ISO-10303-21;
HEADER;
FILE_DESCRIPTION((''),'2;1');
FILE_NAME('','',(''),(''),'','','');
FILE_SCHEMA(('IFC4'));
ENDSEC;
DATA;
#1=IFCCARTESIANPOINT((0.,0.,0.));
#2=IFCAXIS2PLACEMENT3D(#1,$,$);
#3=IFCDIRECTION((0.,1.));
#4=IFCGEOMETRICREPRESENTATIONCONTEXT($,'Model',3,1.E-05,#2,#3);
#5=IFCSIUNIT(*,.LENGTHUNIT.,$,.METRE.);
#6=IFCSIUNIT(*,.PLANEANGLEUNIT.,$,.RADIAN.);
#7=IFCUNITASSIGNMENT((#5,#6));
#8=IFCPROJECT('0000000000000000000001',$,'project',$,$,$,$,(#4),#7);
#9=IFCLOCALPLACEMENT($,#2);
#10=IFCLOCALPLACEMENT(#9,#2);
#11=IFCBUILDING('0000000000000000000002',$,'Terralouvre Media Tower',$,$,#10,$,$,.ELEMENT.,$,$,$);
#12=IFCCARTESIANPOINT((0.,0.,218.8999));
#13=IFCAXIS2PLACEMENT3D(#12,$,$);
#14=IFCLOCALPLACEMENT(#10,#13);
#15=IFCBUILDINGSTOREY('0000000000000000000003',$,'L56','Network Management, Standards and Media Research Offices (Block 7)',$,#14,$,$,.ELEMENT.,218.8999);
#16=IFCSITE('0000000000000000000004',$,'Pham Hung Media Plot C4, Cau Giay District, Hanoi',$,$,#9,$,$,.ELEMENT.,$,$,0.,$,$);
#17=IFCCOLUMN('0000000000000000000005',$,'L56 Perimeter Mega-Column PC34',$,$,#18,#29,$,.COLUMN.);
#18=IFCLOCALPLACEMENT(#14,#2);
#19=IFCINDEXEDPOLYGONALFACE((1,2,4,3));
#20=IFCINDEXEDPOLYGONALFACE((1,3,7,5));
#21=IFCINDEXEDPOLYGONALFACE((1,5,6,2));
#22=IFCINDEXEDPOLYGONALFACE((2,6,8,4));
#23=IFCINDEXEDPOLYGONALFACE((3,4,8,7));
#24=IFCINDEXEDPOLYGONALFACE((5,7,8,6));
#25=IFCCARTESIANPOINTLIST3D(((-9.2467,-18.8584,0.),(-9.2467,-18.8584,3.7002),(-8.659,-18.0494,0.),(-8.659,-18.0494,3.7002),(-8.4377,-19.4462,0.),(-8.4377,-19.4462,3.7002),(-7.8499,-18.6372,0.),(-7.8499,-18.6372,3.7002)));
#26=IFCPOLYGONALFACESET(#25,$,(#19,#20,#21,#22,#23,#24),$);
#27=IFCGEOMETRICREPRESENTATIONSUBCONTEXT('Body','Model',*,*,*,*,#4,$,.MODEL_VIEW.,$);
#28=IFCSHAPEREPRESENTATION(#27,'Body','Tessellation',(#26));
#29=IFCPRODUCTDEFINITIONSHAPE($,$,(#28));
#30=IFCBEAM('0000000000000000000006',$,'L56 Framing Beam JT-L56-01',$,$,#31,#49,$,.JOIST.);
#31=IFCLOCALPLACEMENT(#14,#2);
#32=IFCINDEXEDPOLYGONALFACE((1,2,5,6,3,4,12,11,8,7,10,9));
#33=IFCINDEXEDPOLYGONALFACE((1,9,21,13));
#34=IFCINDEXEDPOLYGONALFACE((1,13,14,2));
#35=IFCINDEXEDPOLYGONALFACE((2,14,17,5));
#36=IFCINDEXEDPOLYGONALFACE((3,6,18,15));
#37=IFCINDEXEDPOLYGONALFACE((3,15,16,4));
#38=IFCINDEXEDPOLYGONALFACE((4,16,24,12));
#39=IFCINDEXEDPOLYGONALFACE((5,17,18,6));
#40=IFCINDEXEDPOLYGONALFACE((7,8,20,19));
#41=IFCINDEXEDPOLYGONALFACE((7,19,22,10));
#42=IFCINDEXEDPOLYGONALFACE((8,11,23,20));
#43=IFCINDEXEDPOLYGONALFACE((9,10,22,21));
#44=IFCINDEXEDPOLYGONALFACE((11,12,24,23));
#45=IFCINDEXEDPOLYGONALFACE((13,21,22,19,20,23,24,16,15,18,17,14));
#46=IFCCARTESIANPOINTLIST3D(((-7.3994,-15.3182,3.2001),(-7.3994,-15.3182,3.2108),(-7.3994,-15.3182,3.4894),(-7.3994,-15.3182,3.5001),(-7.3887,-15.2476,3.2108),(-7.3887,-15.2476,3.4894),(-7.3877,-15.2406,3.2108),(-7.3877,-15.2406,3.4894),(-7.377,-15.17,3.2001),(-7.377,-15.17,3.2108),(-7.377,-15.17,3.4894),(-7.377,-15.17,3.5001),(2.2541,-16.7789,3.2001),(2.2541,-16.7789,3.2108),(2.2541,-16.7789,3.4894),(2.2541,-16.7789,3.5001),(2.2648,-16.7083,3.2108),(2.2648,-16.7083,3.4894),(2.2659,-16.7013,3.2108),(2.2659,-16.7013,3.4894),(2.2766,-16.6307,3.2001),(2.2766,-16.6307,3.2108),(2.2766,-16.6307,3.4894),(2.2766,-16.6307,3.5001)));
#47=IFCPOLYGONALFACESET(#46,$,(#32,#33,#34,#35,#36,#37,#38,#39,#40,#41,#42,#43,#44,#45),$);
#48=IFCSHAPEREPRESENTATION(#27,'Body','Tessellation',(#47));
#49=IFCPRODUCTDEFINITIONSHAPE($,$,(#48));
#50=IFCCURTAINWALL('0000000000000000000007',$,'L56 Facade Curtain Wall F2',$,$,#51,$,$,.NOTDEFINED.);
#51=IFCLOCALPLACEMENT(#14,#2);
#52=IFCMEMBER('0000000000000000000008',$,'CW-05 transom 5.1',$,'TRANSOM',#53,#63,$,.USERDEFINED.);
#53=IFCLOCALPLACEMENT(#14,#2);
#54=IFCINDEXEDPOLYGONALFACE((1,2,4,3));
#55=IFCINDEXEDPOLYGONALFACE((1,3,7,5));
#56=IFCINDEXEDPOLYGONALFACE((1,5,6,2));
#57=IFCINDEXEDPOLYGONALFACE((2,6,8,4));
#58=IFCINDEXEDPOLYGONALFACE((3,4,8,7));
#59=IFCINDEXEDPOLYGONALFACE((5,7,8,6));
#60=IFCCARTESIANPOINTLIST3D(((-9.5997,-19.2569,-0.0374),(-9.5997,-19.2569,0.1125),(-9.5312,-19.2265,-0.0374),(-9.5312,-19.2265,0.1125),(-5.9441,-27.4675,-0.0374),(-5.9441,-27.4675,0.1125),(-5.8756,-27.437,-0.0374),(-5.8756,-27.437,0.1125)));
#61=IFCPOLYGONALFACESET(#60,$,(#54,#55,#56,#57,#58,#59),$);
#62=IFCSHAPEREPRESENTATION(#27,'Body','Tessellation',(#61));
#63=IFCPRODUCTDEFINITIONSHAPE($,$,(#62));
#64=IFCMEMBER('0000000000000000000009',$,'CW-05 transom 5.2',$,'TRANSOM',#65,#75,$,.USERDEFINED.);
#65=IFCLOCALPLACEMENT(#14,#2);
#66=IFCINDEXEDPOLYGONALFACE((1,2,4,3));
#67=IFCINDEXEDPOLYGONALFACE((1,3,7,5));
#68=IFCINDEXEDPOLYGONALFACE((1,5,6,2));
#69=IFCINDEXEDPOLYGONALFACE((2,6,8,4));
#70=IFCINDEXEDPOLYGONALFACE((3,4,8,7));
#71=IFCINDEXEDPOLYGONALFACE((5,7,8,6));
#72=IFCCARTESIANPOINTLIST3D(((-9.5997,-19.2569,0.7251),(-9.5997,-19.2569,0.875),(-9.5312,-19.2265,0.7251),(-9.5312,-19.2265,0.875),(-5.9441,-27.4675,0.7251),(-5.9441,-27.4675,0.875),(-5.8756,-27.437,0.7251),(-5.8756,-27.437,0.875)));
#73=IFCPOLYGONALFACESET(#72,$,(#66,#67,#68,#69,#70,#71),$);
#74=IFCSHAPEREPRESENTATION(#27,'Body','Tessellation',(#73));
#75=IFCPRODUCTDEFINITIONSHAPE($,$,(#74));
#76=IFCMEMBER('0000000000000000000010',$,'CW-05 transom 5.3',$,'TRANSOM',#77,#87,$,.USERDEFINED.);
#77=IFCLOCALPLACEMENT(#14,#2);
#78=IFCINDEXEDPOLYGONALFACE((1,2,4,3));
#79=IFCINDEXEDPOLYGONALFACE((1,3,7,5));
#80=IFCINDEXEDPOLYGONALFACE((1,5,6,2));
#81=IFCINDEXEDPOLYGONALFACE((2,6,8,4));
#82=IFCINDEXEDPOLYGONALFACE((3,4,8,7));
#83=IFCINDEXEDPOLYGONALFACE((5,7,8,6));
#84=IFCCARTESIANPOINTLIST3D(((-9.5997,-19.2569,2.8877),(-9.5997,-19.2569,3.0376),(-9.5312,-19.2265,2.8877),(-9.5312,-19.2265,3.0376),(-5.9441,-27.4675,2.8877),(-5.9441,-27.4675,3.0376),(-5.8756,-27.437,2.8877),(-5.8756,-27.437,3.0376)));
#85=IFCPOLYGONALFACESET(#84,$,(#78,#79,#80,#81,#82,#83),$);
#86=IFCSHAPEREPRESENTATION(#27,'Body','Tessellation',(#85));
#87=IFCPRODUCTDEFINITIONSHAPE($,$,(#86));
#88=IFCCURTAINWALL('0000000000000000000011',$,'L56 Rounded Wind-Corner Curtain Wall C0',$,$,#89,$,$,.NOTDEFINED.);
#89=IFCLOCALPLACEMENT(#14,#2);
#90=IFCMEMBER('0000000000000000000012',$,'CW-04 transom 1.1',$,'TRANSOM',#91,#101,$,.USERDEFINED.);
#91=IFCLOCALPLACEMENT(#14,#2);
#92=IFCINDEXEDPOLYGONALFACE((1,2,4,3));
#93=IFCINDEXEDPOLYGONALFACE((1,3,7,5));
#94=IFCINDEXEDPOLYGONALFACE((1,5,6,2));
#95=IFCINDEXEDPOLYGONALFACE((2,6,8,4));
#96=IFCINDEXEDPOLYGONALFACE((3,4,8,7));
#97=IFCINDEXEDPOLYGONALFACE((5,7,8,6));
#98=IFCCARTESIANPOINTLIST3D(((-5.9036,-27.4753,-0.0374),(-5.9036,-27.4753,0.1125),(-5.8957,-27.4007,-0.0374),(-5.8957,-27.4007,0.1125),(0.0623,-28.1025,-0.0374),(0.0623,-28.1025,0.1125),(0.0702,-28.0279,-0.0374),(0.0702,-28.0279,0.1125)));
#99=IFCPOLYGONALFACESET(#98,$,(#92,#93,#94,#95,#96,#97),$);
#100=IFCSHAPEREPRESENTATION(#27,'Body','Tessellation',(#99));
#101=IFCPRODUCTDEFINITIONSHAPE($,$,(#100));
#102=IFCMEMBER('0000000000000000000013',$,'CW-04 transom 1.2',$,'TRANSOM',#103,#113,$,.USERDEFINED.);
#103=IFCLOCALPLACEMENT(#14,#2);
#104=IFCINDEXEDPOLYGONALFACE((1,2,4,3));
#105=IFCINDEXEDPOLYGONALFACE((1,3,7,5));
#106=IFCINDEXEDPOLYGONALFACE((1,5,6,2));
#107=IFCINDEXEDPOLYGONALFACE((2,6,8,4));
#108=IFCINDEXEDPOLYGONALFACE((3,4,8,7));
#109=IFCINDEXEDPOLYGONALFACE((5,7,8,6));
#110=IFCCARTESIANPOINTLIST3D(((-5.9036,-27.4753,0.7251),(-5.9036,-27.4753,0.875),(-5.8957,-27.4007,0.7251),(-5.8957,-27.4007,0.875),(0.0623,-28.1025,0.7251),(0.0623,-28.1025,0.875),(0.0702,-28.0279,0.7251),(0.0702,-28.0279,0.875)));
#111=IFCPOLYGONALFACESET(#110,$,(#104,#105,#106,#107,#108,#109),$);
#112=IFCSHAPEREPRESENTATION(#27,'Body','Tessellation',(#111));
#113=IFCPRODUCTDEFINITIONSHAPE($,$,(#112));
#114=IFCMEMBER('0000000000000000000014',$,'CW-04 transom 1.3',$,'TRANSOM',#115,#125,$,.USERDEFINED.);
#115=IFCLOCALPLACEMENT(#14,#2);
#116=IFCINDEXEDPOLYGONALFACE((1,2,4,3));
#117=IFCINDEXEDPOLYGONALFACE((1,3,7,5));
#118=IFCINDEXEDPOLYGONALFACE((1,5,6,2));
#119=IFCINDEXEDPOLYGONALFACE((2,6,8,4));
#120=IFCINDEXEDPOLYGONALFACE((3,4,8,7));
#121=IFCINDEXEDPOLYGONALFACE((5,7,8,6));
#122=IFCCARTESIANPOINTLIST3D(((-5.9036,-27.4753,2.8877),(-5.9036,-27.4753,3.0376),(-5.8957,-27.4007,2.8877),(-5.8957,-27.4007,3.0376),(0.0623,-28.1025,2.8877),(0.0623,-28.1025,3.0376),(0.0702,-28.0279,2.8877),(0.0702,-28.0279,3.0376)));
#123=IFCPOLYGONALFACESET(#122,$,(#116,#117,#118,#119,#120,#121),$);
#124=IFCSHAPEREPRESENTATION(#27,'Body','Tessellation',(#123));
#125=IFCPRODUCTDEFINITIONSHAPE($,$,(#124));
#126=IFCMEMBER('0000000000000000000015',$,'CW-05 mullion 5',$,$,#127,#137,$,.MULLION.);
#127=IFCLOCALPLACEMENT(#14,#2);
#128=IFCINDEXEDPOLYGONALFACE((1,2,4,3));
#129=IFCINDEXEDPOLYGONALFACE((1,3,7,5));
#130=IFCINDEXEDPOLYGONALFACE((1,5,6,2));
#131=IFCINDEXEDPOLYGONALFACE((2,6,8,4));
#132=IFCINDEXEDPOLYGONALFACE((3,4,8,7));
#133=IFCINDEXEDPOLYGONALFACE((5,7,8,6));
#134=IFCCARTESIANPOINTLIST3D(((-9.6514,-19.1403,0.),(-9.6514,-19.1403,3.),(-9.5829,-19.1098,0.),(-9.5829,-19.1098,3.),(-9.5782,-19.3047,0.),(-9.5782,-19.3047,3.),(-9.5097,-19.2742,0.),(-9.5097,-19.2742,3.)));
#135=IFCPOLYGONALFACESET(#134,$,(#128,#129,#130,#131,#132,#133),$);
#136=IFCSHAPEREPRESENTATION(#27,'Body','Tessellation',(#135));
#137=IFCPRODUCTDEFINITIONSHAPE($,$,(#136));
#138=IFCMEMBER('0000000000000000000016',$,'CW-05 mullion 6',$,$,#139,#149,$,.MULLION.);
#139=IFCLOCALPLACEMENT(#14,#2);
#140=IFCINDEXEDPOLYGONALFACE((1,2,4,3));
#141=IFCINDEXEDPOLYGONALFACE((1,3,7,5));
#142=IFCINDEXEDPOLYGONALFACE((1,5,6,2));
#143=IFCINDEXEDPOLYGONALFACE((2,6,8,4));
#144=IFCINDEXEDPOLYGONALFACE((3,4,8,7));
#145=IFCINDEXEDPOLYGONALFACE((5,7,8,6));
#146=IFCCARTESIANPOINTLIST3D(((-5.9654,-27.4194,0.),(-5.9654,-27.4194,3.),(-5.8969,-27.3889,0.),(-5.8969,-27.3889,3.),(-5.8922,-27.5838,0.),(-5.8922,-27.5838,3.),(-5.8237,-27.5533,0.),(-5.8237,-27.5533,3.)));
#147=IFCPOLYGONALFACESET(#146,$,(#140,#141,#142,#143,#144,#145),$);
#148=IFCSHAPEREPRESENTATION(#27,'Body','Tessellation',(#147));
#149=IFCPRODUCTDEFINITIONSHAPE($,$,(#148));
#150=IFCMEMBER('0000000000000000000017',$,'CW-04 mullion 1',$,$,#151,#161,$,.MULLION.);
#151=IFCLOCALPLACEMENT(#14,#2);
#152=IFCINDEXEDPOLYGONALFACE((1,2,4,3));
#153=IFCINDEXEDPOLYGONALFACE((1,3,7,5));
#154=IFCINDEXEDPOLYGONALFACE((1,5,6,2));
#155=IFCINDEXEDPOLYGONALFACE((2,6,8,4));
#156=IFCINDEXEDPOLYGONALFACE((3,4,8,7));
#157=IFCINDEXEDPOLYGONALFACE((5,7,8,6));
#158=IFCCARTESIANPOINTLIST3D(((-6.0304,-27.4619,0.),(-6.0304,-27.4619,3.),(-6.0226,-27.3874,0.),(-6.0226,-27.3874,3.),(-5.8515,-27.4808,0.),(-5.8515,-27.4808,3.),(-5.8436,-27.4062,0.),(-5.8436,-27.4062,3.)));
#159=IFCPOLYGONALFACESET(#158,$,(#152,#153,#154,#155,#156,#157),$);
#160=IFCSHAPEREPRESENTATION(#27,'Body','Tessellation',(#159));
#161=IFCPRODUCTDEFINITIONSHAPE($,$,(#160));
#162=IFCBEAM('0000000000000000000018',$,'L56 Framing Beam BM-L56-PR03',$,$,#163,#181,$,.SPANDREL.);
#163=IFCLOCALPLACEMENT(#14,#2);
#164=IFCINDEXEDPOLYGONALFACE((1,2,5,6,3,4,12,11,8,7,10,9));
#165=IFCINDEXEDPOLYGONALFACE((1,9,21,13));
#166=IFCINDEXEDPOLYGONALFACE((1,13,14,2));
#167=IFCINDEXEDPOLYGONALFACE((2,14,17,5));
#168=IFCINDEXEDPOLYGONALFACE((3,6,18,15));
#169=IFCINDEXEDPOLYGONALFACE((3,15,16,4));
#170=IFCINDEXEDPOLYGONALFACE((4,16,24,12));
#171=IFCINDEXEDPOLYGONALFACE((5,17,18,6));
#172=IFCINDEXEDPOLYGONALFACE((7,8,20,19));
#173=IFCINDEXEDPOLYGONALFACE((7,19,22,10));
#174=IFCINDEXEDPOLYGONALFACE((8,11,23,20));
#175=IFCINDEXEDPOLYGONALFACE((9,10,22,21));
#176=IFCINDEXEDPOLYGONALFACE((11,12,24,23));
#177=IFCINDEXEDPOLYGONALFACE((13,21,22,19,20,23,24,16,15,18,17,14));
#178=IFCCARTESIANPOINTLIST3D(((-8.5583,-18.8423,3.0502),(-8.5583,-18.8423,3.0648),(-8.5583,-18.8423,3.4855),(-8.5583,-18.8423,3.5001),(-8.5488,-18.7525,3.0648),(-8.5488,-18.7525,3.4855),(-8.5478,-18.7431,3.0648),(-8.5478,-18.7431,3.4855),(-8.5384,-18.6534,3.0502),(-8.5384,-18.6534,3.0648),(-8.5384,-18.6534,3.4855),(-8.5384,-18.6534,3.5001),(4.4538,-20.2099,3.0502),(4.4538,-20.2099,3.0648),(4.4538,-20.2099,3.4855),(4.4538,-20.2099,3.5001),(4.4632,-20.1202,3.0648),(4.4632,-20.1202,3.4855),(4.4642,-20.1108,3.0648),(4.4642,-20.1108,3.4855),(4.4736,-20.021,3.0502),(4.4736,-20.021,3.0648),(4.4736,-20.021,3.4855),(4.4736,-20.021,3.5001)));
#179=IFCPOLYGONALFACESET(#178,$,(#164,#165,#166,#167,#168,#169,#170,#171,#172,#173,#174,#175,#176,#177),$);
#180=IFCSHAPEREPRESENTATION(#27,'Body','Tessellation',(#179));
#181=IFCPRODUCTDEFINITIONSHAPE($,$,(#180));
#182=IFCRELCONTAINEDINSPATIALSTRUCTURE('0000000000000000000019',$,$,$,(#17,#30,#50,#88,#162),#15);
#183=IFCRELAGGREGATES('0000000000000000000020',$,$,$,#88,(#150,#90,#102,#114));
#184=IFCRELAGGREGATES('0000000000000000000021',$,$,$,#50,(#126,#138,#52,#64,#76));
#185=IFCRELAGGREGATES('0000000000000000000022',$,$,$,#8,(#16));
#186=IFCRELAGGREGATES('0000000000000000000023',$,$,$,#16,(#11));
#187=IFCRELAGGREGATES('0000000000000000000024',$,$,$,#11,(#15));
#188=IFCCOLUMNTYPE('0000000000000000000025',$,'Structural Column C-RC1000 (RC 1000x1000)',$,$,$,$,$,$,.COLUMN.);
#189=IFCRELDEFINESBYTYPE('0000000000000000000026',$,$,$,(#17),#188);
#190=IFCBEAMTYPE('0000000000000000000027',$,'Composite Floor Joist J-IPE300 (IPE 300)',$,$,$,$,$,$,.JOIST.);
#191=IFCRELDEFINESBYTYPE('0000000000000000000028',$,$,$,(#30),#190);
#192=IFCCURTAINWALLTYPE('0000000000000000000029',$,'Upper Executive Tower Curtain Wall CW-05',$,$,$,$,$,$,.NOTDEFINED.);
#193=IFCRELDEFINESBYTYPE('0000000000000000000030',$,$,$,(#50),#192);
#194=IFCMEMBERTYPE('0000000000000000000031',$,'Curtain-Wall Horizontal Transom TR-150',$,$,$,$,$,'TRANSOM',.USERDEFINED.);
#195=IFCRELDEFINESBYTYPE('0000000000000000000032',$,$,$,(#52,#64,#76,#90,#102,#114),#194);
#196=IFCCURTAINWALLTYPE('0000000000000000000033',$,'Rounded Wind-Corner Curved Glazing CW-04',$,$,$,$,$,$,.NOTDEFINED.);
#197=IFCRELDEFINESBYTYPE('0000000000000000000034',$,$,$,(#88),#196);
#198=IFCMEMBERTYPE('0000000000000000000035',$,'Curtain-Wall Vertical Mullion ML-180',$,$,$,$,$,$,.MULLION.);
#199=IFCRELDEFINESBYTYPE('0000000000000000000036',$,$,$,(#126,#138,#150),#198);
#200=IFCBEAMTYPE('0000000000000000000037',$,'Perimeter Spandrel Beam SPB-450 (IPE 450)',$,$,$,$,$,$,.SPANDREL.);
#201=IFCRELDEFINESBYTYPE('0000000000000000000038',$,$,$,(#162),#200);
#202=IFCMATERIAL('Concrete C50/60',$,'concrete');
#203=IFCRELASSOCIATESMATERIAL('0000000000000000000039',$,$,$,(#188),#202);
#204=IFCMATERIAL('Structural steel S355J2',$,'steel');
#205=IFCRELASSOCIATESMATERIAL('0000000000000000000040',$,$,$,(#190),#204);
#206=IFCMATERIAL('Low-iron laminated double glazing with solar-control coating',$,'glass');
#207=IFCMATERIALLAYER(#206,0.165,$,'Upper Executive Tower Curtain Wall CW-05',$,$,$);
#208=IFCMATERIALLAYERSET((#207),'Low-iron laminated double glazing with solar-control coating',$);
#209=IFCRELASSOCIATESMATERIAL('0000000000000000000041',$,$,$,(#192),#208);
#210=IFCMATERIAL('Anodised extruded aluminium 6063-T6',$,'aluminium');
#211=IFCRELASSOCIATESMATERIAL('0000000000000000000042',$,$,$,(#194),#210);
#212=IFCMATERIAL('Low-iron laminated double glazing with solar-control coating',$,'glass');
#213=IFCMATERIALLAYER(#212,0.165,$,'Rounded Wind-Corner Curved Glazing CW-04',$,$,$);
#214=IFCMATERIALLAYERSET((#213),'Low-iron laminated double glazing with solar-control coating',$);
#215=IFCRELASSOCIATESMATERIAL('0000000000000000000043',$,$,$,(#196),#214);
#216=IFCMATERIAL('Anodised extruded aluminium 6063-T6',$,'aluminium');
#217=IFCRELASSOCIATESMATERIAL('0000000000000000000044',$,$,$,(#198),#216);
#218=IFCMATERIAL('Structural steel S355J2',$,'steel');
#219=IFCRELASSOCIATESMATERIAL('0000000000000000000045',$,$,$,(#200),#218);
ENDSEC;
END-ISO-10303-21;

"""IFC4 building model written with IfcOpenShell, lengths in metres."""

from ifc_helpers import new_model, si_unit, direction, frame, origin, origin_2d, place, context, subcontext, project, spatial, rectangle, i_section, extrude, material, layer, layer_set, material_profile, profile_set, type_object, element, aggregate, save


model = new_model("IFC4")

# Units and contexts
model_context = context("Model", 3, precision=1e-05, world=origin(), true_north=direction((0.0, 1.0)))
body_context = subcontext(model_context, "Body", "Model", "MODEL_VIEW")
ifc_project = project(units=[si_unit("LENGTHUNIT", "METRE"), si_unit("PLANEANGLEUNIT", "RADIAN")], contexts=[model_context])

# Site, building, storey
site_placement = place(None, origin())
site = spatial("IfcSite", under=ifc_project, at=site_placement, Name="Pham Hung Media Plot C4, Cau Giay District, Hanoi", CompositionType="ELEMENT", RefElevation=0.0)
building_placement = place(site_placement, origin())
building = spatial("IfcBuilding", under=site, at=building_placement, Name="Terralouvre Media Tower", CompositionType="ELEMENT")
storey_placement = place(building_placement, frame((0.0, 0.0, 218.8999)))
storey = spatial("IfcBuildingStorey", under=building, at=storey_placement, Name="L56", Description="Network Management, Standards and Media Research Offices (Block 7)", CompositionType="ELEMENT", Elevation=218.8999)

# Column
ifc_material_1 = material(Name="Concrete C50/60", Category="concrete")
ifc_material_profile_1 = material_profile(ifc_material_1, rectangle(XDim=1.0, YDim=1.0, at=origin_2d()), Name="RC 1000x1000")
ifc_profile_set_1 = profile_set([ifc_material_profile_1], Name="Concrete C50/60")
column_type = type_object("IfcColumnType", Name="Structural Column C-RC1000 (RC 1000x1000)", PredefinedType="COLUMN", material=ifc_profile_set_1)
column_placement = place(storey_placement, frame((-8.5483, -18.7478, 0.0), z_axis=(0.0, 0.0, 1.0), x_axis=(0.587785, 0.809017, 0.0)))
element("IfcColumn", 1, at=column_placement, inside=storey, type_object=column_type, Name="L56 Perimeter Mega-Column PC34", PredefinedType="COLUMN", context=body_context, shape_type="SweptSolid", body=[
    extrude(rectangle(XDim=1.0, YDim=1.0, at=origin_2d()), origin(), (0.0, 0.0, 1.0), 3.7002),
])

# Beam
ifc_material_2 = material(Name="Structural steel S355J2", Category="steel")
ifc_material_profile_2 = material_profile(ifc_material_2, i_section(OverallWidth=0.1499, OverallDepth=0.3, WebThickness=0.0071, FlangeThickness=0.0107, at=origin_2d()), Name="IPE 300")
ifc_profile_set_2 = profile_set([ifc_material_profile_2], Name="Structural steel S355J2")
beam_type_1 = type_object("IfcBeamType", Name="Composite Floor Joist J-IPE300 (IPE 300)", PredefinedType="JOIST", material=ifc_profile_set_2)
beam_1_placement = place(storey_placement, frame((-7.3882, -15.2441, 3.3501), z_axis=(0.988745, -0.149608, 0.0), x_axis=(0.149608, 0.988745, 0.0)))
element("IfcBeam", 2, at=beam_1_placement, inside=storey, type_object=beam_type_1, Name="L56 Framing Beam JT-L56-01", PredefinedType="JOIST", context=body_context, shape_type="SweptSolid", body=[
    extrude(i_section(OverallWidth=0.1499, OverallDepth=0.3, WebThickness=0.0071, FlangeThickness=0.0107, at=origin_2d()), origin(), (0.0, 0.0, 1.0), 9.7634),
])

# Curtain walls, members
ifc_material_3 = material(Name="Low-iron laminated double glazing with solar-control coating", Category="glass")
ifc_layer_1 = layer(ifc_material_3, 0.165, Name="Upper Executive Tower Curtain Wall CW-05")
ifc_layer_set_1 = layer_set([ifc_layer_1], Name="Low-iron laminated double glazing with solar-control coating")
curtain_wall_type_1 = type_object("IfcCurtainWallType", Name="Upper Executive Tower Curtain Wall CW-05", PredefinedType="NOTDEFINED", material=ifc_layer_set_1)
curtain_wall_1_placement = place(storey_placement, origin())
curtain_wall_1 = element("IfcCurtainWall", 3, at=curtain_wall_1_placement, inside=storey, type_object=curtain_wall_type_1, Name="L56 Facade Curtain Wall F2", PredefinedType="NOTDEFINED")
ifc_material_4 = material(Name="Anodised extruded aluminium 6063-T6", Category="aluminium")
ifc_material_profile_3 = material_profile(ifc_material_4, rectangle(XDim=0.075, YDim=0.1499, at=origin_2d()), Name="ALU 75x150")
ifc_profile_set_3 = profile_set([ifc_material_profile_3], Name="Anodised extruded aluminium 6063-T6")
member_type_1 = type_object("IfcMemberType", Name="Curtain-Wall Horizontal Transom TR-150", ElementType="TRANSOM", PredefinedType="USERDEFINED", material=ifc_profile_set_3)
member_1_placement = place(storey_placement, frame((-9.5654, -19.2417, 0.0376), z_axis=(0.406736, -0.913546, 0.0), x_axis=(0.913546, 0.406736, 0.0)))
member_1 = element("IfcMember", 4, at=member_1_placement, type_object=member_type_1, Name="CW-05 transom 5.1", ObjectType="TRANSOM", PredefinedType="USERDEFINED", context=body_context, shape_type="SweptSolid", body=[
    extrude(rectangle(XDim=0.075, YDim=0.1499, at=origin_2d()), origin(), (0.0, 0.0, 1.0), 8.9875),
])
member_2_placement = place(storey_placement, frame((-9.5654, -19.2417, 0.8), z_axis=(0.406736, -0.913546, 0.0), x_axis=(0.913546, 0.406736, 0.0)))
member_2 = element("IfcMember", 5, at=member_2_placement, type_object=member_type_1, Name="CW-05 transom 5.2", ObjectType="TRANSOM", PredefinedType="USERDEFINED", context=body_context, shape_type="SweptSolid", body=[
    extrude(rectangle(XDim=0.075, YDim=0.1499, at=origin_2d()), origin(), (0.0, 0.0, 1.0), 8.9875),
])
member_3_placement = place(storey_placement, frame((-9.5654, -19.2417, 2.9626), z_axis=(0.406736, -0.913546, 0.0), x_axis=(0.913546, 0.406736, 0.0)))
member_3 = element("IfcMember", 6, at=member_3_placement, type_object=member_type_1, Name="CW-05 transom 5.3", ObjectType="TRANSOM", PredefinedType="USERDEFINED", context=body_context, shape_type="SweptSolid", body=[
    extrude(rectangle(XDim=0.075, YDim=0.1499, at=origin_2d()), origin(), (0.0, 0.0, 1.0), 8.9875),
])
ifc_material_5 = material(Name="Low-iron laminated double glazing with solar-control coating", Category="glass")
ifc_layer_2 = layer(ifc_material_5, 0.165, Name="Rounded Wind-Corner Curved Glazing CW-04")
ifc_layer_set_2 = layer_set([ifc_layer_2], Name="Low-iron laminated double glazing with solar-control coating")
curtain_wall_type_2 = type_object("IfcCurtainWallType", Name="Rounded Wind-Corner Curved Glazing CW-04", PredefinedType="NOTDEFINED", material=ifc_layer_set_2)
curtain_wall_2_placement = place(storey_placement, origin())
curtain_wall_2 = element("IfcCurtainWall", 7, at=curtain_wall_2_placement, inside=storey, type_object=curtain_wall_type_2, Name="L56 Rounded Wind-Corner Curtain Wall C0", PredefinedType="NOTDEFINED")
member_4_placement = place(storey_placement, frame((-5.8997, -27.438, 0.0376), z_axis=(0.994519, -0.104556, 0.0), x_axis=(0.104556, 0.994519, 0.0)))
member_4 = element("IfcMember", 8, at=member_4_placement, type_object=member_type_1, Name="CW-04 transom 1.1", ObjectType="TRANSOM", PredefinedType="USERDEFINED", context=body_context, shape_type="SweptSolid", body=[
    extrude(rectangle(XDim=0.075, YDim=0.1499, at=origin_2d()), origin(), (0.0, 0.0, 1.0), 5.9988),
])
member_5_placement = place(storey_placement, frame((-5.8997, -27.438, 0.8), z_axis=(0.994519, -0.104556, 0.0), x_axis=(0.104556, 0.994519, 0.0)))
member_5 = element("IfcMember", 9, at=member_5_placement, type_object=member_type_1, Name="CW-04 transom 1.2", ObjectType="TRANSOM", PredefinedType="USERDEFINED", context=body_context, shape_type="SweptSolid", body=[
    extrude(rectangle(XDim=0.075, YDim=0.1499, at=origin_2d()), origin(), (0.0, 0.0, 1.0), 5.9988),
])
member_6_placement = place(storey_placement, frame((-5.8997, -27.438, 2.9626), z_axis=(0.994519, -0.104556, 0.0), x_axis=(0.104556, 0.994519, 0.0)))
member_6 = element("IfcMember", 10, at=member_6_placement, type_object=member_type_1, Name="CW-04 transom 1.3", ObjectType="TRANSOM", PredefinedType="USERDEFINED", context=body_context, shape_type="SweptSolid", body=[
    extrude(rectangle(XDim=0.075, YDim=0.1499, at=origin_2d()), origin(), (0.0, 0.0, 1.0), 5.9988),
])

# Members
ifc_material_6 = material(Name="Anodised extruded aluminium 6063-T6", Category="aluminium")
ifc_material_profile_4 = material_profile(ifc_material_6, rectangle(XDim=0.075, YDim=0.1799, at=origin_2d()), Name="ALU 75x180")
ifc_profile_set_4 = profile_set([ifc_material_profile_4], Name="Anodised extruded aluminium 6063-T6")
member_type_2 = type_object("IfcMemberType", Name="Curtain-Wall Vertical Mullion ML-180", PredefinedType="MULLION", material=ifc_profile_set_4)
member_7_placement = place(storey_placement, frame((-9.5806, -19.2073, 0.0), z_axis=(0.0, 0.0, 1.0), x_axis=(0.913545, 0.406737, 0.0)))
member_7 = element("IfcMember", 11, at=member_7_placement, type_object=member_type_2, Name="CW-05 mullion 5", PredefinedType="MULLION", context=body_context, shape_type="SweptSolid", body=[
    extrude(rectangle(XDim=0.075, YDim=0.1799, at=origin_2d()), origin(), (0.0, 0.0, 1.0), 3.0),
])
member_8_placement = place(storey_placement, frame((-5.8945, -27.4863, 0.0), z_axis=(0.0, 0.0, 1.0), x_axis=(0.913545, 0.406737, 0.0)))
member_8 = element("IfcMember", 12, at=member_8_placement, type_object=member_type_2, Name="CW-05 mullion 6", PredefinedType="MULLION", context=body_context, shape_type="SweptSolid", body=[
    extrude(rectangle(XDim=0.075, YDim=0.1799, at=origin_2d()), origin(), (0.0, 0.0, 1.0), 3.0),
])
member_9_placement = place(storey_placement, frame((-5.937, -27.4341, 0.0), z_axis=(0.0, 0.0, 1.0), x_axis=(0.104528, 0.994522, 0.0)))
member_9 = element("IfcMember", 13, at=member_9_placement, type_object=member_type_2, Name="CW-04 mullion 1", PredefinedType="MULLION", context=body_context, shape_type="SweptSolid", body=[
    extrude(rectangle(XDim=0.075, YDim=0.1799, at=origin_2d()), origin(), (0.0, 0.0, 1.0), 3.0),
])

# Beam
ifc_material_7 = material(Name="Structural steel S355J2", Category="steel")
ifc_material_profile_5 = material_profile(ifc_material_7, i_section(OverallWidth=0.1899, OverallDepth=0.45, WebThickness=0.0095, FlangeThickness=0.0146, at=origin_2d()), Name="IPE 450")
ifc_profile_set_5 = profile_set([ifc_material_profile_5], Name="Structural steel S355J2")
beam_type_2 = type_object("IfcBeamType", Name="Perimeter Spandrel Beam SPB-450 (IPE 450)", PredefinedType="SPANDREL", material=ifc_profile_set_5)
beam_2_placement = place(storey_placement, frame((-8.5483, -18.7478, 3.2751), z_axis=(0.994521, -0.104533, 0.0), x_axis=(0.104533, 0.994521, 0.0)))
element("IfcBeam", 14, at=beam_2_placement, inside=storey, type_object=beam_type_2, Name="L56 Framing Beam BM-L56-PR03", PredefinedType="SPANDREL", context=body_context, shape_type="SweptSolid", body=[
    extrude(i_section(OverallWidth=0.1899, OverallDepth=0.45, WebThickness=0.0095, FlangeThickness=0.0146, at=origin_2d()), origin(), (0.0, 0.0, 1.0), 13.0837),
])

aggregate(curtain_wall_2, [member_9, member_4, member_5, member_6])
aggregate(curtain_wall_1, [member_7, member_8, member_1, member_2, member_3])

save(model, "model.ifc")
